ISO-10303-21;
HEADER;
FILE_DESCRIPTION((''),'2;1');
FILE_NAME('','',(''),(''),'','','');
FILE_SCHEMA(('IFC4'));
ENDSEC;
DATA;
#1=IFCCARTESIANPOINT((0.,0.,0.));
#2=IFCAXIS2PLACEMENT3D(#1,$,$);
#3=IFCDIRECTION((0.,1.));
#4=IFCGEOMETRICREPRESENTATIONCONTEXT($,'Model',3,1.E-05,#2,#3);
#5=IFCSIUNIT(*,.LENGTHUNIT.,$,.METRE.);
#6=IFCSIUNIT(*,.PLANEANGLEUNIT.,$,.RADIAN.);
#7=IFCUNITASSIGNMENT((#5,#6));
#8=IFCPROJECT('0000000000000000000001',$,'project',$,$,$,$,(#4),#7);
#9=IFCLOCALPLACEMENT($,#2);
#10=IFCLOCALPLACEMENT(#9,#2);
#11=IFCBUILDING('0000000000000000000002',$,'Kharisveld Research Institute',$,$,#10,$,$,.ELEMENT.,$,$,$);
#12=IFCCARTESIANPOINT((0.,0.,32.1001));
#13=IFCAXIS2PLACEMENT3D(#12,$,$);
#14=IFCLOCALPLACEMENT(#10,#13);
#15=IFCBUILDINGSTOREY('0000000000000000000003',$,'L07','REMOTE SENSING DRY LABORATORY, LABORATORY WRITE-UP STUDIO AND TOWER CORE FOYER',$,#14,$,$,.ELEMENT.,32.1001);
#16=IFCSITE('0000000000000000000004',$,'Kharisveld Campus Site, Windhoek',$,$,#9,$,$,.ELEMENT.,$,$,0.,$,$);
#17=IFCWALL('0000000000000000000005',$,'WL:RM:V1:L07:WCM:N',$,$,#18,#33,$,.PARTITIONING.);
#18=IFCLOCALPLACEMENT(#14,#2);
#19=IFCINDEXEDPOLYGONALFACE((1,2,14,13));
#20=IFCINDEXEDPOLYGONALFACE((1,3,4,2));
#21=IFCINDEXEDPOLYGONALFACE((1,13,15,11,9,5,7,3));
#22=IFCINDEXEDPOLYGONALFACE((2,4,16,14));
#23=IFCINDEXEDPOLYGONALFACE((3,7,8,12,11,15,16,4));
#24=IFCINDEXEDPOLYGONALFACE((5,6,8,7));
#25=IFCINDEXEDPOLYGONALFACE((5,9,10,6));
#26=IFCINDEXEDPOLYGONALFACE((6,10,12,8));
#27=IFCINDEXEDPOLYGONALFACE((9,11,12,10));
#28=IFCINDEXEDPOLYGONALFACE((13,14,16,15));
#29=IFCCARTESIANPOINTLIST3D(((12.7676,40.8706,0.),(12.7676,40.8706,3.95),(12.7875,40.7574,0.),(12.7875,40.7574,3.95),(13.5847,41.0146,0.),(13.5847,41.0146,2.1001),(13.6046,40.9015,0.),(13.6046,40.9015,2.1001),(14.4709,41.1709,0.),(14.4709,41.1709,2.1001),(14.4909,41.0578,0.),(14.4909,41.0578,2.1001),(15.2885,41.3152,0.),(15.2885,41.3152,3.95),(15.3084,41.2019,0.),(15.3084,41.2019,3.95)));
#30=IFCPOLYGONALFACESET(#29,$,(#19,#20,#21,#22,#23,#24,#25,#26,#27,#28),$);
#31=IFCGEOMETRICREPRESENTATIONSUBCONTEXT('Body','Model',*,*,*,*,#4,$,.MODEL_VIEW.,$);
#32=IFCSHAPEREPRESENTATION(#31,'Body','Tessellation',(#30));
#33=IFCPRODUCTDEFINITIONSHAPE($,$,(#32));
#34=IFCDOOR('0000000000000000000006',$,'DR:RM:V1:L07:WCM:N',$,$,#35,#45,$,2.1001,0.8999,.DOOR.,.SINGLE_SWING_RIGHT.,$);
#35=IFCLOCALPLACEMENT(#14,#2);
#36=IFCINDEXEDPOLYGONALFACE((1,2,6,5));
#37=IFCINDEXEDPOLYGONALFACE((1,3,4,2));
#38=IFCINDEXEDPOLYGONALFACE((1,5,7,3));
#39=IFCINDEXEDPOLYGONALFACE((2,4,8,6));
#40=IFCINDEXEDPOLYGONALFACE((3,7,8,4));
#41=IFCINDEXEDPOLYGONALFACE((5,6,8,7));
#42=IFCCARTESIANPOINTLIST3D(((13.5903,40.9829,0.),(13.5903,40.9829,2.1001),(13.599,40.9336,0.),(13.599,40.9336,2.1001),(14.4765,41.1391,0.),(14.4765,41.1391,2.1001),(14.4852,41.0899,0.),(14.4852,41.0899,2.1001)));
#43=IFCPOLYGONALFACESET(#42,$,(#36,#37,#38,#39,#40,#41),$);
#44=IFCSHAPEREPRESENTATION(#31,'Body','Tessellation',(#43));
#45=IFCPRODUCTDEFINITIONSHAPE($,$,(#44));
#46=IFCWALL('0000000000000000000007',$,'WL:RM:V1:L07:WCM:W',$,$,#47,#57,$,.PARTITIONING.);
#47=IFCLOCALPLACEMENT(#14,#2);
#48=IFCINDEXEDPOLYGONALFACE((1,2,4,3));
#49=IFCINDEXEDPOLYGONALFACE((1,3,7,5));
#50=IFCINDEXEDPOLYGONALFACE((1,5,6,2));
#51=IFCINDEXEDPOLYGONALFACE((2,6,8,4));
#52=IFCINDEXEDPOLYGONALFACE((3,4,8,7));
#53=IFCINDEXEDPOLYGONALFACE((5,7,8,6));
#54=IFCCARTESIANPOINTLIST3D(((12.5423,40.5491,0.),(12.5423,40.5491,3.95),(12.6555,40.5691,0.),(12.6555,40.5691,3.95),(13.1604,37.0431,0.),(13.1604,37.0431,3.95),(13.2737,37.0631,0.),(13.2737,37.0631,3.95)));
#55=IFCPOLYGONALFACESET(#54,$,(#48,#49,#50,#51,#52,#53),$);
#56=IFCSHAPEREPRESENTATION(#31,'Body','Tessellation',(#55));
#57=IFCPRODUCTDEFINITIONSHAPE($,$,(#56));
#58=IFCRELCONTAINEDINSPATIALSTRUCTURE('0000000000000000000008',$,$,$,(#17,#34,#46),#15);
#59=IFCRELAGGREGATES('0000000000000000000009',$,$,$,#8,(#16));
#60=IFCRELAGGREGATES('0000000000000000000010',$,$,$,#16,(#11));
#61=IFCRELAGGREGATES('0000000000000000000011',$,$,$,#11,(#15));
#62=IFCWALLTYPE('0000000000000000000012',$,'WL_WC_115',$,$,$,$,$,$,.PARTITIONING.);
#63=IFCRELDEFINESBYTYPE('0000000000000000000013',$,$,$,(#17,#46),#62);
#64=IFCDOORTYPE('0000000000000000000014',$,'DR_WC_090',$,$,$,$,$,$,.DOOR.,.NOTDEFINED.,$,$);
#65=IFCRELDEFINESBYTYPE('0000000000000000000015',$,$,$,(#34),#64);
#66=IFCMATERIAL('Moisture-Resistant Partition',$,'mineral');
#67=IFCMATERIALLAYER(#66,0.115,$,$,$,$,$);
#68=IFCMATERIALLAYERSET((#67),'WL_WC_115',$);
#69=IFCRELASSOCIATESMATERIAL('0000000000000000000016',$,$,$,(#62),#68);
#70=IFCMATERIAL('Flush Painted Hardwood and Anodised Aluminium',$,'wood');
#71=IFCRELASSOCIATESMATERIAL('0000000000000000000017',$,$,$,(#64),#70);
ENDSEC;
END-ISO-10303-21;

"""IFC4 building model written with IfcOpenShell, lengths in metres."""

from ifc_helpers import new_model, si_unit, direction, frame, frame_2d, origin, place, context, subcontext, project, spatial, rectangle, extrude, material, layer, layer_set, type_object, element, fill, save


model = new_model("IFC4")

# Units and contexts
model_context = context("Model", 3, precision=1e-05, world=origin(), true_north=direction((0.0, 1.0)))
body_context = subcontext(model_context, "Body", "Model", "MODEL_VIEW")
ifc_project = project(units=[si_unit("LENGTHUNIT", "METRE"), si_unit("PLANEANGLEUNIT", "RADIAN")], contexts=[model_context])

# Site, building, storey
site_placement = place(None, origin())
site = spatial("IfcSite", under=ifc_project, at=site_placement, Name="Kharisveld Campus Site, Windhoek", CompositionType="ELEMENT", RefElevation=0.0)
building_placement = place(site_placement, origin())
building = spatial("IfcBuilding", under=site, at=building_placement, Name="Kharisveld Research Institute", CompositionType="ELEMENT")
storey_placement = place(building_placement, frame((0.0, 0.0, 32.1001)))
storey = spatial("IfcBuildingStorey", under=building, at=storey_placement, Name="L07", Description="REMOTE SENSING DRY LABORATORY, LABORATORY WRITE-UP STUDIO AND TOWER CORE FOYER", CompositionType="ELEMENT", Elevation=32.1001)

# Wall, opening, door
ifc_material_1 = material(Name="Moisture-Resistant Partition", Category="mineral")
ifc_layer_1 = layer(ifc_material_1, 0.115)
ifc_layer_set_1 = layer_set([ifc_layer_1], Name="WL_WC_115")
wall_type_1 = type_object("IfcWallType", Name="WL_WC_115", PredefinedType="PARTITIONING", material=ifc_layer_set_1)
wall_1_placement = place(storey_placement, frame((15.2983, 41.2585, 0.0), z_axis=(0.0, 0.0, 1.0), x_axis=(-0.984804, -0.173671, 0.0)))
wall_1 = element("IfcWall", 1, at=wall_1_placement, inside=storey, type_object=wall_type_1, Name="WL:RM:V1:L07:WCM:N", PredefinedType="PARTITIONING", context=body_context, shape_type="SweptSolid", body=[
    extrude(rectangle(XDim=2.5598, YDim=0.115, at=frame_2d((1.2798, 0.0))), origin(), (0.0, 0.0, 1.0), 3.95),
])
opening_1_placement = place(wall_1_placement, frame((0.8301, 0.0, 0.0)))
opening_1 = element("IfcOpeningElement", 2, at=opening_1_placement, cuts=wall_1, PredefinedType="OPENING", context=body_context, shape_type="SweptSolid", body=[
    extrude(rectangle(XDim=0.8999, YDim=2.1001, at=frame_2d((0.45, 1.05))), frame((0.0, 0.0576, 0.0), z_axis=(0.0, -1.0, 0.0), x_axis=(1.0, 0.0, 0.0)), (0.0, 0.0, 1.0), 0.115),
])
ifc_material_2 = material(Name="Flush Painted Hardwood and Anodised Aluminium", Category="wood")
door_type_1 = type_object("IfcDoorType", Name="DR_WC_090", OperationType="NOTDEFINED", PredefinedType="DOOR", material=ifc_material_2)
door_1_placement = place(opening_1_placement, origin())
door_1 = element("IfcDoor", 3, at=door_1_placement, inside=storey, type_object=door_type_1, Name="DR:RM:V1:L07:WCM:N", OperationType="SINGLE_SWING_RIGHT", OverallHeight=2.1001, OverallWidth=0.8999, PredefinedType="DOOR", context=body_context, shape_type="SweptSolid", body=[
    extrude(rectangle(XDim=0.8999, YDim=2.1001, at=frame_2d((0.45, 1.05))), frame((0.0, 0.0249, 0.0), z_axis=(0.0, -1.0, 0.0), x_axis=(1.0, 0.0, 0.0)), (0.0, 0.0, 1.0), 0.05),
])
fill(opening_1, door_1)

# Wall
wall_2_placement = place(storey_placement, frame((12.5989, 40.5591, 0.0), z_axis=(0.0, 0.0, 1.0), x_axis=(0.173644, -0.984808, 0.0)))
element("IfcWall", 4, at=wall_2_placement, inside=storey, type_object=wall_type_1, Name="WL:RM:V1:L07:WCM:W", PredefinedType="PARTITIONING", context=body_context, shape_type="SweptSolid", body=[
    extrude(rectangle(XDim=3.5601, YDim=0.115, at=frame_2d((1.78, 0.0))), origin(), (0.0, 0.0, 1.0), 3.95),
])

save(model, "model.ifc")
